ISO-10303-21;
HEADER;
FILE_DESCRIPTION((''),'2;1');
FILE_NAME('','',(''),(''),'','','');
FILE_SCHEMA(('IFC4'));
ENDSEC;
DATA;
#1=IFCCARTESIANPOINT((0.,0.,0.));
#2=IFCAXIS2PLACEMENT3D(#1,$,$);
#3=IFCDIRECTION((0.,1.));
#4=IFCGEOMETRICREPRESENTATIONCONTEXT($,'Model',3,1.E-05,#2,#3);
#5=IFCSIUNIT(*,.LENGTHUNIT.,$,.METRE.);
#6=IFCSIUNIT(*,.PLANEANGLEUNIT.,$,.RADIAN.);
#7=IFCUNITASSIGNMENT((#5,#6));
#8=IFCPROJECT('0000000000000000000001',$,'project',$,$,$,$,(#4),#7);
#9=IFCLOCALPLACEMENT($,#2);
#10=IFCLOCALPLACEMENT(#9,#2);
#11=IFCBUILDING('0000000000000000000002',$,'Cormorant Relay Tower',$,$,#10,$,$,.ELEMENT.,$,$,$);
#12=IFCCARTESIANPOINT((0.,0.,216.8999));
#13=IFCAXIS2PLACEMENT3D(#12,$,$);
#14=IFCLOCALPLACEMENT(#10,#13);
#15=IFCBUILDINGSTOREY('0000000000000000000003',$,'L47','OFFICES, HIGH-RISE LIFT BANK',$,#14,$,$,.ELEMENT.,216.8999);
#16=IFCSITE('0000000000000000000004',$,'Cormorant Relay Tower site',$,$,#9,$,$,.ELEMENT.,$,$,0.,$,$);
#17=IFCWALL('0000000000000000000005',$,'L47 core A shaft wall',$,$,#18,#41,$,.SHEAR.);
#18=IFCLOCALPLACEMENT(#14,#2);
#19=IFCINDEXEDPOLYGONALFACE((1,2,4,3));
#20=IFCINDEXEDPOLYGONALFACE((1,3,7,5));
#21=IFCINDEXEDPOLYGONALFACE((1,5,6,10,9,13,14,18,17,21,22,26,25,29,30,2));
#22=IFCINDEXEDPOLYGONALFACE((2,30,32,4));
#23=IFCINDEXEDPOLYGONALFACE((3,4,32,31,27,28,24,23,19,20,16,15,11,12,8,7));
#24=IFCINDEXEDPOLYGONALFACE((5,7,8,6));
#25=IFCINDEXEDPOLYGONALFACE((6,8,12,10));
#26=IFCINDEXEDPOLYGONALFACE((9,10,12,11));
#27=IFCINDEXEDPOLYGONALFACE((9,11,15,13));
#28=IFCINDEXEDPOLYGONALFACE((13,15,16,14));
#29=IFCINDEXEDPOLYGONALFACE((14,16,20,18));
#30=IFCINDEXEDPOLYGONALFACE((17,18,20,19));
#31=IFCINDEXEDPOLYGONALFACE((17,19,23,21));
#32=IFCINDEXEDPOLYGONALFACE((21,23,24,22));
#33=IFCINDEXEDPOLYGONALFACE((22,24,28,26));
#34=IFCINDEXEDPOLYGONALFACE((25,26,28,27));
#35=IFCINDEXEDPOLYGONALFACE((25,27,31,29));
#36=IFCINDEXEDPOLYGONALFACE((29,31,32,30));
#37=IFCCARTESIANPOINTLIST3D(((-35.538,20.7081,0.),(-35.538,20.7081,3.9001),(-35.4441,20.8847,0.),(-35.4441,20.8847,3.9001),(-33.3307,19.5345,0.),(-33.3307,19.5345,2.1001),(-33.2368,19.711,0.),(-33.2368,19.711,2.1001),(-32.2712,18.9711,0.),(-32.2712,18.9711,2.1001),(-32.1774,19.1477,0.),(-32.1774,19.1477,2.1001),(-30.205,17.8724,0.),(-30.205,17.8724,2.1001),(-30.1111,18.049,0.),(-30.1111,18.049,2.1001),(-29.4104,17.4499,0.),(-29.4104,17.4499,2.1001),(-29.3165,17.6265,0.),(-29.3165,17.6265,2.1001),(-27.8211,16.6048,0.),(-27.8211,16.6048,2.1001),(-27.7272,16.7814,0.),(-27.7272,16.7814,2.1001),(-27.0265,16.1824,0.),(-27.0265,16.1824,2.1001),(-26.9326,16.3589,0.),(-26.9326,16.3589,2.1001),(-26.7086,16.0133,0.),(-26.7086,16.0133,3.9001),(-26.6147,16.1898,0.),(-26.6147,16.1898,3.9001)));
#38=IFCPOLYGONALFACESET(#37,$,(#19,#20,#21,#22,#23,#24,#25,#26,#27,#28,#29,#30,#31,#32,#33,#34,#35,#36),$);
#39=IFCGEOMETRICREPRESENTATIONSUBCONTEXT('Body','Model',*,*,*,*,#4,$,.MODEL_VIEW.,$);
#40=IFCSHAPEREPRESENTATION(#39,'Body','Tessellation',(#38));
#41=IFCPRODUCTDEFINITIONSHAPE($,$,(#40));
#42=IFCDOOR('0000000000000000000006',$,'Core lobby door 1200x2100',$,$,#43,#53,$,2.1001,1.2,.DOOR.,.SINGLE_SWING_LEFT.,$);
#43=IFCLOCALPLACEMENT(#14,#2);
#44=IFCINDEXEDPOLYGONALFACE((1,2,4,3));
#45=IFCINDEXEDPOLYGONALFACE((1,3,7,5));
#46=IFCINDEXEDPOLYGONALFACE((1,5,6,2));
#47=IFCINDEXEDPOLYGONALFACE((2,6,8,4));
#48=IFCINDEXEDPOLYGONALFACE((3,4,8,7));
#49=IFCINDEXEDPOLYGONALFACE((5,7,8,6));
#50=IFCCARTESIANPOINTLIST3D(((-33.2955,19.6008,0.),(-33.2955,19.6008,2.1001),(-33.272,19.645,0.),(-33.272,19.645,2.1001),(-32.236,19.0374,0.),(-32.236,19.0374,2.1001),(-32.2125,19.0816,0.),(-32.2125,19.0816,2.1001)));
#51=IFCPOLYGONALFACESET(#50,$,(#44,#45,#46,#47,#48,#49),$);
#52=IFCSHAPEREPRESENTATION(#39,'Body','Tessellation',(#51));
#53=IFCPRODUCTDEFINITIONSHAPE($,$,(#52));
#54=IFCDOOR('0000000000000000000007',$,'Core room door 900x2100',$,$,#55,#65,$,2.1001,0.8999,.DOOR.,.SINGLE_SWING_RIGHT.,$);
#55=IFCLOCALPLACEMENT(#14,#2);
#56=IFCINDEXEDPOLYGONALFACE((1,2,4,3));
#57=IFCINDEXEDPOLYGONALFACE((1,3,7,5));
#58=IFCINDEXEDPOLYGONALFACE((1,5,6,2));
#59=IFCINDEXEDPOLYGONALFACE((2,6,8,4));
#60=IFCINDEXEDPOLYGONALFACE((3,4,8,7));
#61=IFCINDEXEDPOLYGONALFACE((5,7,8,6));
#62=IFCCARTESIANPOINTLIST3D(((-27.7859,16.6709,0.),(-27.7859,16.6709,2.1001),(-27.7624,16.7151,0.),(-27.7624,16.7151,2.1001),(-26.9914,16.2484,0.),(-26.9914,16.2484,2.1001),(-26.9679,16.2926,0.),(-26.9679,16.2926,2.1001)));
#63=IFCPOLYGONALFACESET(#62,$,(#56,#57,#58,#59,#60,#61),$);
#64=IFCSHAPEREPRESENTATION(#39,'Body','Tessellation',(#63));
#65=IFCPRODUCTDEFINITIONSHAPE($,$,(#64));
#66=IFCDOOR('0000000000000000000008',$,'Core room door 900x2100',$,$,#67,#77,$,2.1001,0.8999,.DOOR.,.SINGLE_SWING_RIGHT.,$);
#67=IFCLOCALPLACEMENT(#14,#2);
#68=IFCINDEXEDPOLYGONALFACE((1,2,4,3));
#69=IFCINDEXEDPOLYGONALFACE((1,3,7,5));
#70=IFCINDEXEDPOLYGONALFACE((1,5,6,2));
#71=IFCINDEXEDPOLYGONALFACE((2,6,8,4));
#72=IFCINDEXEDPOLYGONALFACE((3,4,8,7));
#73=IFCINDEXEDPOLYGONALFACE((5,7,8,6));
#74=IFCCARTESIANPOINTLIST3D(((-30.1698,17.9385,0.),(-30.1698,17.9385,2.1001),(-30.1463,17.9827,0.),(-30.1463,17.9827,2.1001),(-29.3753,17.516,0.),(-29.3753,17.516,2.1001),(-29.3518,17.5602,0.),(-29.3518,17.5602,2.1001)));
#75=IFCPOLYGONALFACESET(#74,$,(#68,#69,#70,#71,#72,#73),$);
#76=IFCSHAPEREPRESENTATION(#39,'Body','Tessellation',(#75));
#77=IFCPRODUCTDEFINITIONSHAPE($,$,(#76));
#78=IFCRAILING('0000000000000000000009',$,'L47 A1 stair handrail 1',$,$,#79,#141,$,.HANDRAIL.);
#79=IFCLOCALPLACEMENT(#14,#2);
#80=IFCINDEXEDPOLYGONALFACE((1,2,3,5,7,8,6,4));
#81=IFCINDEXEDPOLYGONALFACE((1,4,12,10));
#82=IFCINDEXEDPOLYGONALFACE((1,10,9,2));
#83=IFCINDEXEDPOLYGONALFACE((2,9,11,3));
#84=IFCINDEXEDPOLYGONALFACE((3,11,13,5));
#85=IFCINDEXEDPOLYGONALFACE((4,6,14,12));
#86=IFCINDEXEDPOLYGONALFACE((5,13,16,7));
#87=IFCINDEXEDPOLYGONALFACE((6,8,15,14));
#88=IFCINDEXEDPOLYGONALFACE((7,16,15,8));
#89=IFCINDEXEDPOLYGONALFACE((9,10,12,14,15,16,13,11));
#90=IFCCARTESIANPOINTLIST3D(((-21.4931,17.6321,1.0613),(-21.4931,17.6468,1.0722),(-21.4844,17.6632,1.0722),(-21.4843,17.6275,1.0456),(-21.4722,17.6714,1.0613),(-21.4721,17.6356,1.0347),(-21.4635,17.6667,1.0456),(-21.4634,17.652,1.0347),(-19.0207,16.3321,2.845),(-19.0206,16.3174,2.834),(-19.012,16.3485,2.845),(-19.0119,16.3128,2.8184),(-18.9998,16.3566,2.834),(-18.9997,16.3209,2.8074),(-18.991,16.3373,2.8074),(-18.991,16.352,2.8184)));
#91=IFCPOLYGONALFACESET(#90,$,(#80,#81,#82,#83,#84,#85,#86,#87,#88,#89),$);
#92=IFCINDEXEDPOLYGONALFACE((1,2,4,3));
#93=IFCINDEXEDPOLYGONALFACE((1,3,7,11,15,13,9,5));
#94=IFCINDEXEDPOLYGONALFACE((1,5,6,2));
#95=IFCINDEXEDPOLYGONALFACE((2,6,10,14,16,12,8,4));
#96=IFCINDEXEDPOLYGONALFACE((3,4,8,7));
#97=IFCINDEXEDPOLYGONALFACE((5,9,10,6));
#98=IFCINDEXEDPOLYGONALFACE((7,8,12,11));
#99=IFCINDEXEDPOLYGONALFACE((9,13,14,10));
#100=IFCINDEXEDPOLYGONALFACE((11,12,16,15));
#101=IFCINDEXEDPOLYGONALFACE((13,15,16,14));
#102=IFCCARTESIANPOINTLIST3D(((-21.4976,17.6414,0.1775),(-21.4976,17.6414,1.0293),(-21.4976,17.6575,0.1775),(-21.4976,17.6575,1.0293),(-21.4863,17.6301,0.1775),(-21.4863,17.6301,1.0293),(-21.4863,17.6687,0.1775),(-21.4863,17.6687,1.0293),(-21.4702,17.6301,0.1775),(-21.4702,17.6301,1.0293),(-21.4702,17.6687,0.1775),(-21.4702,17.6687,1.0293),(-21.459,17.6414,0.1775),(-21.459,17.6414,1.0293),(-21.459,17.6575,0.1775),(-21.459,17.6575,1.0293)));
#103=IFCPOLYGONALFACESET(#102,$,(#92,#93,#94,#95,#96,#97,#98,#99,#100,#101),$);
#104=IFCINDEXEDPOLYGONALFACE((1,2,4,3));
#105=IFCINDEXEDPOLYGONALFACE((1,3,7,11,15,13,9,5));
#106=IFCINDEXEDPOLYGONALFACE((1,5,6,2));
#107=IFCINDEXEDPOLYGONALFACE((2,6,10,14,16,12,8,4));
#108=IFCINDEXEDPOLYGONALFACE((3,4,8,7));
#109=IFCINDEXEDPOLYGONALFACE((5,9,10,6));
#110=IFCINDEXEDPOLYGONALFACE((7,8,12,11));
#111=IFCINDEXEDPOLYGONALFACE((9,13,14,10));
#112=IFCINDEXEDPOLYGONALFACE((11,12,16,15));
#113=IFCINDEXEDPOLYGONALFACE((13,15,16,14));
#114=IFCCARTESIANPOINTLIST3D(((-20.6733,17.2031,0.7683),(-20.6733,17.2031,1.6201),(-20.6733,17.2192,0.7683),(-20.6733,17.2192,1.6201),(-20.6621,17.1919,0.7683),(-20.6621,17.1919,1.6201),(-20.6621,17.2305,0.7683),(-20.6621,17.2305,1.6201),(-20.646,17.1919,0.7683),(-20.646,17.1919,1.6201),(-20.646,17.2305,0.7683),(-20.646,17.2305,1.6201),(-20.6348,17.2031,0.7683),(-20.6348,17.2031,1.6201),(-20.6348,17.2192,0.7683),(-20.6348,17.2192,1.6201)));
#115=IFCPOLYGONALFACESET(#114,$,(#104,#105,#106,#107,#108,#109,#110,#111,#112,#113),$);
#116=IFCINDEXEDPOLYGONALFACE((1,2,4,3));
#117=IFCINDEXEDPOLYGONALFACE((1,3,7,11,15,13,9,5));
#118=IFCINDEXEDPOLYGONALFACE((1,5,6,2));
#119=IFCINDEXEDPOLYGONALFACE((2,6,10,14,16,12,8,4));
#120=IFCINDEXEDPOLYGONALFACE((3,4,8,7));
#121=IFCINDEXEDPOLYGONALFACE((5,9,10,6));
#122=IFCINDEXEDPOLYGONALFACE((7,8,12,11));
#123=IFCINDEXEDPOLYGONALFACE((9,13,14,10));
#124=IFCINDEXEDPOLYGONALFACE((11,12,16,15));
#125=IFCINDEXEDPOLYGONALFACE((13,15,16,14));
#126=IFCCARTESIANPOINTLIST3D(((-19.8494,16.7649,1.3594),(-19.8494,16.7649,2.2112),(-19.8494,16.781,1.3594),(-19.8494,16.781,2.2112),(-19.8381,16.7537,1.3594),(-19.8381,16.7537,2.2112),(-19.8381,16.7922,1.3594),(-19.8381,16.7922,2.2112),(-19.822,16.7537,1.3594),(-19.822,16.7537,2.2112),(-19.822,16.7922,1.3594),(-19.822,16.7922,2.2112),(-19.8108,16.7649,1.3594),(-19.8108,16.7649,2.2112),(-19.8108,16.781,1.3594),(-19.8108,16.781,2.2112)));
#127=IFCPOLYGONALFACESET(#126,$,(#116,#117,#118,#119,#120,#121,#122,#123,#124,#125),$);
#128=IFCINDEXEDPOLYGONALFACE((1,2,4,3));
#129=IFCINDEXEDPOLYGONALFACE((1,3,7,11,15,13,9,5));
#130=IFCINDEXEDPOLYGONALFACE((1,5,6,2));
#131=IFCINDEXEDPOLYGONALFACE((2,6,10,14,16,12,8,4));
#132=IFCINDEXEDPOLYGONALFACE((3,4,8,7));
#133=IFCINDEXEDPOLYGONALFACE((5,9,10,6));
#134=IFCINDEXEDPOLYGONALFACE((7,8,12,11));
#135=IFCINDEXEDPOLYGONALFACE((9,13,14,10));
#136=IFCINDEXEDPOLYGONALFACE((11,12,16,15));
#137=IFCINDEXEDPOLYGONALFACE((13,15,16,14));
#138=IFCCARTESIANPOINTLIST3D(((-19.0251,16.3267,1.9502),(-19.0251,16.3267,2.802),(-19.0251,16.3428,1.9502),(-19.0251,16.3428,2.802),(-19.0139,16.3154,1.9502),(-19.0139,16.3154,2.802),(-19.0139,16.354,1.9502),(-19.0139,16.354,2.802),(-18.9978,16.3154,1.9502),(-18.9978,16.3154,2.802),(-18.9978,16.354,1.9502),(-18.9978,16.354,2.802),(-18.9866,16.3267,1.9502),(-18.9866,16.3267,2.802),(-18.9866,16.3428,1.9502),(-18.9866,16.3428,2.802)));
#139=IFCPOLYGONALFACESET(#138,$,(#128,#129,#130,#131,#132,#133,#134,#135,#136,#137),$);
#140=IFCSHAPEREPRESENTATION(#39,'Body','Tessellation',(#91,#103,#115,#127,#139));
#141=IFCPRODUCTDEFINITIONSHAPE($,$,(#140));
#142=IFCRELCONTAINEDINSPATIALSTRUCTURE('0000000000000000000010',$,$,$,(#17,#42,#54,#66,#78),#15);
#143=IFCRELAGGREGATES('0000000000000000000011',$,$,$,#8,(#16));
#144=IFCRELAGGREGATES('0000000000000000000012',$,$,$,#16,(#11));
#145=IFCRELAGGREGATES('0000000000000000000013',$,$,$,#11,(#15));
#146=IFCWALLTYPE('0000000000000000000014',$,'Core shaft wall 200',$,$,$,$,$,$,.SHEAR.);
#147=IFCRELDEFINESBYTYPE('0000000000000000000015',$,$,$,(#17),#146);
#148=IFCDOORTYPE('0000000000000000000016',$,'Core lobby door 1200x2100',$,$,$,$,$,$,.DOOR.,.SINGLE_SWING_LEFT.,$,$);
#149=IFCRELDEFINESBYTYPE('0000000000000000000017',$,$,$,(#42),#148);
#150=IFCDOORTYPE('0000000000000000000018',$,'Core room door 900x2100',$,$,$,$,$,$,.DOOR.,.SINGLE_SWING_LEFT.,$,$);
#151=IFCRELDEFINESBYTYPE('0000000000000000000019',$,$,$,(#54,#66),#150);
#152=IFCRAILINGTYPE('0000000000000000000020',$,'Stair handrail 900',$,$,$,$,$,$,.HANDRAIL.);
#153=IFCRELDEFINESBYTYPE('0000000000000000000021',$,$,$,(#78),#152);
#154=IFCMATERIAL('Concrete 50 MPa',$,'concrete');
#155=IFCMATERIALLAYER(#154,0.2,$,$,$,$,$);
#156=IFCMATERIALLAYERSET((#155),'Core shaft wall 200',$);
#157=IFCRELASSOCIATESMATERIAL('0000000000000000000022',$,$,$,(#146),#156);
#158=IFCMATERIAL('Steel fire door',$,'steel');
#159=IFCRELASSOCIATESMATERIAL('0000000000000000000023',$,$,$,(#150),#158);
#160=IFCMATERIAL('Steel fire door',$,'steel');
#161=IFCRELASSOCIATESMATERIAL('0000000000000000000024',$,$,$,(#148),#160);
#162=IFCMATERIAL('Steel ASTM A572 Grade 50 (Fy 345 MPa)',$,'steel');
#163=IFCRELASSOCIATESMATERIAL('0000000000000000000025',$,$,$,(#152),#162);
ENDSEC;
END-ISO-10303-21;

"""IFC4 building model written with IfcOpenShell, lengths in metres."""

from ifc_helpers import new_model, si_unit, direction, frame, frame_2d, origin, place, context, subcontext, project, spatial, polyline, rectangle, outline, extrude, material, layer, layer_set, type_object, element, fill, save


model = new_model("IFC4")

# Units and contexts
model_context = context("Model", 3, precision=1e-05, world=origin(), true_north=direction((0.0, 1.0)))
body_context = subcontext(model_context, "Body", "Model", "MODEL_VIEW")
ifc_project = project(units=[si_unit("LENGTHUNIT", "METRE"), si_unit("PLANEANGLEUNIT", "RADIAN")], contexts=[model_context])

# Site, building, storey
site_placement = place(None, origin())
site = spatial("IfcSite", under=ifc_project, at=site_placement, Name="Cormorant Relay Tower site", CompositionType="ELEMENT", RefElevation=0.0)
building_placement = place(site_placement, origin())
building = spatial("IfcBuilding", under=site, at=building_placement, Name="Cormorant Relay Tower", CompositionType="ELEMENT")
storey_placement = place(building_placement, frame((0.0, 0.0, 216.8999)))
storey = spatial("IfcBuildingStorey", under=building, at=storey_placement, Name="L47", Description="OFFICES, HIGH-RISE LIFT BANK", CompositionType="ELEMENT", Elevation=216.8999)

# Shared definitions
ifc_material_1 = material(Name="Concrete 50 MPa", Category="concrete")
ifc_layer_1 = layer(ifc_material_1, 0.2)
ifc_layer_set_1 = layer_set([ifc_layer_1], Name="Core shaft wall 200")
wall_type_1 = type_object("IfcWallType", Name="Core shaft wall 200", PredefinedType="SHEAR", material=ifc_layer_set_1)

# Shared definitions
ifc_material_2 = material(Name="Steel fire door", Category="steel")
door_type_1 = type_object("IfcDoorType", Name="Core room door 900x2100", OperationType="SINGLE_SWING_LEFT", PredefinedType="DOOR", material=ifc_material_2)

# Wall, openings, doors
wall_1_placement = place(storey_placement, frame((-26.6616, 16.1016, 0.0), z_axis=(0.0, 0.0, 1.0), x_axis=(-0.88294, 0.469485, 0.0)))
wall_1 = element("IfcWall", 1, at=wall_1_placement, inside=storey, type_object=wall_type_1, Name="L47 core A shaft wall", PredefinedType="SHEAR", context=body_context, shape_type="SweptSolid", body=[
    extrude(rectangle(XDim=10.0, YDim=0.2, at=frame_2d((5.0, 0.0))), origin(), (0.0, 0.0, 1.0), 3.9001),
])
opening_1_placement = place(wall_1_placement, frame((6.3, 0.0, 0.0)))
opening_1 = element("IfcOpeningElement", 2, at=opening_1_placement, cuts=wall_1, PredefinedType="OPENING", context=body_context, shape_type="SweptSolid", body=[
    extrude(rectangle(XDim=1.2, YDim=2.1001, at=frame_2d((0.6001, 1.05))), frame((0.0, 0.1099, 0.0), z_axis=(0.0, -1.0, 0.0), x_axis=(1.0, 0.0, 0.0)), (0.0, 0.0, 1.0), 0.22),
])
opening_2_placement = place(wall_1_placement, frame((0.3601, 0.0, 0.0)))
opening_2 = element("IfcOpeningElement", 3, at=opening_2_placement, cuts=wall_1, PredefinedType="OPENING", context=body_context, shape_type="SweptSolid", body=[
    extrude(rectangle(XDim=0.8999, YDim=2.1001, at=frame_2d((0.45, 1.05))), frame((0.0, 0.1099, 0.0), z_axis=(0.0, -1.0, 0.0), x_axis=(1.0, 0.0, 0.0)), (0.0, 0.0, 1.0), 0.22),
])
opening_3_placement = place(wall_1_placement, frame((3.0601, 0.0, 0.0)))
opening_3 = element("IfcOpeningElement", 4, at=opening_3_placement, cuts=wall_1, PredefinedType="OPENING", context=body_context, shape_type="SweptSolid", body=[
    extrude(rectangle(XDim=0.8999, YDim=2.1001, at=frame_2d((0.45, 1.05))), frame((0.0, 0.1099, 0.0), z_axis=(0.0, -1.0, 0.0), x_axis=(1.0, 0.0, 0.0)), (0.0, 0.0, 1.0), 0.22),
])
ifc_material_3 = material(Name="Steel fire door", Category="steel")
door_type_2 = type_object("IfcDoorType", Name="Core lobby door 1200x2100", OperationType="SINGLE_SWING_LEFT", PredefinedType="DOOR", material=ifc_material_3)
door_1_placement = place(opening_1_placement, origin())
door_1 = element("IfcDoor", 5, at=door_1_placement, inside=storey, type_object=door_type_2, Name="Core lobby door 1200x2100", OperationType="SINGLE_SWING_LEFT", OverallHeight=2.1001, OverallWidth=1.2, PredefinedType="DOOR", context=body_context, shape_type="SweptSolid", body=[
    extrude(rectangle(XDim=1.2, YDim=2.1001, at=frame_2d((0.6001, 1.05))), frame((0.0, 0.0249, 0.0), z_axis=(0.0, -1.0, 0.0), x_axis=(1.0, 0.0, 0.0)), (0.0, 0.0, 1.0), 0.05),
])
fill(opening_1, door_1)
door_2_placement = place(opening_2_placement, frame((0.8999, 0.0, 0.0), z_axis=(0.0, 0.0, 1.0), x_axis=(-1.0, 0.0, 0.0)))
door_2 = element("IfcDoor", 6, at=door_2_placement, inside=storey, type_object=door_type_1, Name="Core room door 900x2100", OperationType="SINGLE_SWING_RIGHT", OverallHeight=2.1001, OverallWidth=0.8999, PredefinedType="DOOR", context=body_context, shape_type="SweptSolid", body=[
    extrude(rectangle(XDim=0.8999, YDim=2.1001, at=frame_2d((0.45, 1.05))), frame((0.0, 0.0249, 0.0), z_axis=(0.0, -1.0, 0.0), x_axis=(1.0, 0.0, 0.0)), (0.0, 0.0, 1.0), 0.05),
])
fill(opening_2, door_2)
door_3_placement = place(opening_3_placement, frame((0.8999, 0.0, 0.0), z_axis=(0.0, 0.0, 1.0), x_axis=(-1.0, 0.0, 0.0)))
door_3 = element("IfcDoor", 7, at=door_3_placement, inside=storey, type_object=door_type_1, Name="Core room door 900x2100", OperationType="SINGLE_SWING_RIGHT", OverallHeight=2.1001, OverallWidth=0.8999, PredefinedType="DOOR", context=body_context, shape_type="SweptSolid", body=[
    extrude(rectangle(XDim=0.8999, YDim=2.1001, at=frame_2d((0.45, 1.05))), frame((0.0, 0.0249, 0.0), z_axis=(0.0, -1.0, 0.0), x_axis=(1.0, 0.0, 0.0)), (0.0, 0.0, 1.0), 0.05),
])
fill(opening_3, door_3)

# Railing
ifc_material_4 = material(Name="Steel ASTM A572 Grade 50 (Fy 345 MPa)", Category="steel")
railing_type = type_object("IfcRailingType", Name="Stair handrail 900", PredefinedType="HANDRAIL", material=ifc_material_4)
railing_placement = place(storey_placement, frame((-21.4783, 17.6494, 0.1775)))
element("IfcRailing", 8, at=railing_placement, inside=storey, type_object=railing_type, Name="L47 A1 stair handrail 1", PredefinedType="HANDRAIL", context=body_context, shape_type="SweptSolid", body=[
    extrude(outline(polyline([(0.0222, 0.0093), (0.0093, 0.0222), (-0.0093, 0.0222), (-0.0222, 0.0093), (-0.0222, -0.0093), (-0.0093, -0.0222), (0.0093, -0.0222), (0.0222, -0.0093), (0.0222, 0.0093)])), frame((0.0, 0.0, 0.876), z_axis=(0.746012, -0.39669, 0.534886), x_axis=(0.469497, 0.882934, 0.0)), (0.0, 0.0, 1.0), 3.3142),
    extrude(outline(polyline([(0.0193, 0.0081), (0.0081, 0.0193), (-0.0081, 0.0193), (-0.0193, 0.0081), (-0.0193, -0.0081), (-0.0081, -0.0193), (0.0081, -0.0193), (0.0193, -0.0081), (0.0193, 0.0081)])), origin(), (0.0, 0.0, 1.0), 0.8518),
    extrude(outline(polyline([(0.0193, 0.0081), (0.0081, 0.0193), (-0.0081, 0.0193), (-0.0193, 0.0081), (-0.0193, -0.0081), (-0.0081, -0.0193), (0.0081, -0.0193), (0.0193, -0.0081), (0.0193, 0.0081)])), frame((0.8242, -0.4382, 0.5908)), (0.0, 0.0, 1.0), 0.8518),
    extrude(outline(polyline([(0.0193, 0.0081), (0.0081, 0.0193), (-0.0081, 0.0193), (-0.0193, 0.0081), (-0.0193, -0.0081), (-0.0081, -0.0193), (0.0081, -0.0193), (0.0193, -0.0081), (0.0193, 0.0081)])), frame((1.6482, -0.8765, 1.1819)), (0.0, 0.0, 1.0), 0.8518),
    extrude(outline(polyline([(0.0193, 0.0081), (0.0081, 0.0193), (-0.0081, 0.0193), (-0.0193, 0.0081), (-0.0193, -0.0081), (-0.0081, -0.0193), (0.0081, -0.0193), (0.0193, -0.0081), (0.0193, 0.0081)])), frame((2.4724, -1.3147, 1.7727)), (0.0, 0.0, 1.0), 0.8518),
])

save(model, "model.ifc")
